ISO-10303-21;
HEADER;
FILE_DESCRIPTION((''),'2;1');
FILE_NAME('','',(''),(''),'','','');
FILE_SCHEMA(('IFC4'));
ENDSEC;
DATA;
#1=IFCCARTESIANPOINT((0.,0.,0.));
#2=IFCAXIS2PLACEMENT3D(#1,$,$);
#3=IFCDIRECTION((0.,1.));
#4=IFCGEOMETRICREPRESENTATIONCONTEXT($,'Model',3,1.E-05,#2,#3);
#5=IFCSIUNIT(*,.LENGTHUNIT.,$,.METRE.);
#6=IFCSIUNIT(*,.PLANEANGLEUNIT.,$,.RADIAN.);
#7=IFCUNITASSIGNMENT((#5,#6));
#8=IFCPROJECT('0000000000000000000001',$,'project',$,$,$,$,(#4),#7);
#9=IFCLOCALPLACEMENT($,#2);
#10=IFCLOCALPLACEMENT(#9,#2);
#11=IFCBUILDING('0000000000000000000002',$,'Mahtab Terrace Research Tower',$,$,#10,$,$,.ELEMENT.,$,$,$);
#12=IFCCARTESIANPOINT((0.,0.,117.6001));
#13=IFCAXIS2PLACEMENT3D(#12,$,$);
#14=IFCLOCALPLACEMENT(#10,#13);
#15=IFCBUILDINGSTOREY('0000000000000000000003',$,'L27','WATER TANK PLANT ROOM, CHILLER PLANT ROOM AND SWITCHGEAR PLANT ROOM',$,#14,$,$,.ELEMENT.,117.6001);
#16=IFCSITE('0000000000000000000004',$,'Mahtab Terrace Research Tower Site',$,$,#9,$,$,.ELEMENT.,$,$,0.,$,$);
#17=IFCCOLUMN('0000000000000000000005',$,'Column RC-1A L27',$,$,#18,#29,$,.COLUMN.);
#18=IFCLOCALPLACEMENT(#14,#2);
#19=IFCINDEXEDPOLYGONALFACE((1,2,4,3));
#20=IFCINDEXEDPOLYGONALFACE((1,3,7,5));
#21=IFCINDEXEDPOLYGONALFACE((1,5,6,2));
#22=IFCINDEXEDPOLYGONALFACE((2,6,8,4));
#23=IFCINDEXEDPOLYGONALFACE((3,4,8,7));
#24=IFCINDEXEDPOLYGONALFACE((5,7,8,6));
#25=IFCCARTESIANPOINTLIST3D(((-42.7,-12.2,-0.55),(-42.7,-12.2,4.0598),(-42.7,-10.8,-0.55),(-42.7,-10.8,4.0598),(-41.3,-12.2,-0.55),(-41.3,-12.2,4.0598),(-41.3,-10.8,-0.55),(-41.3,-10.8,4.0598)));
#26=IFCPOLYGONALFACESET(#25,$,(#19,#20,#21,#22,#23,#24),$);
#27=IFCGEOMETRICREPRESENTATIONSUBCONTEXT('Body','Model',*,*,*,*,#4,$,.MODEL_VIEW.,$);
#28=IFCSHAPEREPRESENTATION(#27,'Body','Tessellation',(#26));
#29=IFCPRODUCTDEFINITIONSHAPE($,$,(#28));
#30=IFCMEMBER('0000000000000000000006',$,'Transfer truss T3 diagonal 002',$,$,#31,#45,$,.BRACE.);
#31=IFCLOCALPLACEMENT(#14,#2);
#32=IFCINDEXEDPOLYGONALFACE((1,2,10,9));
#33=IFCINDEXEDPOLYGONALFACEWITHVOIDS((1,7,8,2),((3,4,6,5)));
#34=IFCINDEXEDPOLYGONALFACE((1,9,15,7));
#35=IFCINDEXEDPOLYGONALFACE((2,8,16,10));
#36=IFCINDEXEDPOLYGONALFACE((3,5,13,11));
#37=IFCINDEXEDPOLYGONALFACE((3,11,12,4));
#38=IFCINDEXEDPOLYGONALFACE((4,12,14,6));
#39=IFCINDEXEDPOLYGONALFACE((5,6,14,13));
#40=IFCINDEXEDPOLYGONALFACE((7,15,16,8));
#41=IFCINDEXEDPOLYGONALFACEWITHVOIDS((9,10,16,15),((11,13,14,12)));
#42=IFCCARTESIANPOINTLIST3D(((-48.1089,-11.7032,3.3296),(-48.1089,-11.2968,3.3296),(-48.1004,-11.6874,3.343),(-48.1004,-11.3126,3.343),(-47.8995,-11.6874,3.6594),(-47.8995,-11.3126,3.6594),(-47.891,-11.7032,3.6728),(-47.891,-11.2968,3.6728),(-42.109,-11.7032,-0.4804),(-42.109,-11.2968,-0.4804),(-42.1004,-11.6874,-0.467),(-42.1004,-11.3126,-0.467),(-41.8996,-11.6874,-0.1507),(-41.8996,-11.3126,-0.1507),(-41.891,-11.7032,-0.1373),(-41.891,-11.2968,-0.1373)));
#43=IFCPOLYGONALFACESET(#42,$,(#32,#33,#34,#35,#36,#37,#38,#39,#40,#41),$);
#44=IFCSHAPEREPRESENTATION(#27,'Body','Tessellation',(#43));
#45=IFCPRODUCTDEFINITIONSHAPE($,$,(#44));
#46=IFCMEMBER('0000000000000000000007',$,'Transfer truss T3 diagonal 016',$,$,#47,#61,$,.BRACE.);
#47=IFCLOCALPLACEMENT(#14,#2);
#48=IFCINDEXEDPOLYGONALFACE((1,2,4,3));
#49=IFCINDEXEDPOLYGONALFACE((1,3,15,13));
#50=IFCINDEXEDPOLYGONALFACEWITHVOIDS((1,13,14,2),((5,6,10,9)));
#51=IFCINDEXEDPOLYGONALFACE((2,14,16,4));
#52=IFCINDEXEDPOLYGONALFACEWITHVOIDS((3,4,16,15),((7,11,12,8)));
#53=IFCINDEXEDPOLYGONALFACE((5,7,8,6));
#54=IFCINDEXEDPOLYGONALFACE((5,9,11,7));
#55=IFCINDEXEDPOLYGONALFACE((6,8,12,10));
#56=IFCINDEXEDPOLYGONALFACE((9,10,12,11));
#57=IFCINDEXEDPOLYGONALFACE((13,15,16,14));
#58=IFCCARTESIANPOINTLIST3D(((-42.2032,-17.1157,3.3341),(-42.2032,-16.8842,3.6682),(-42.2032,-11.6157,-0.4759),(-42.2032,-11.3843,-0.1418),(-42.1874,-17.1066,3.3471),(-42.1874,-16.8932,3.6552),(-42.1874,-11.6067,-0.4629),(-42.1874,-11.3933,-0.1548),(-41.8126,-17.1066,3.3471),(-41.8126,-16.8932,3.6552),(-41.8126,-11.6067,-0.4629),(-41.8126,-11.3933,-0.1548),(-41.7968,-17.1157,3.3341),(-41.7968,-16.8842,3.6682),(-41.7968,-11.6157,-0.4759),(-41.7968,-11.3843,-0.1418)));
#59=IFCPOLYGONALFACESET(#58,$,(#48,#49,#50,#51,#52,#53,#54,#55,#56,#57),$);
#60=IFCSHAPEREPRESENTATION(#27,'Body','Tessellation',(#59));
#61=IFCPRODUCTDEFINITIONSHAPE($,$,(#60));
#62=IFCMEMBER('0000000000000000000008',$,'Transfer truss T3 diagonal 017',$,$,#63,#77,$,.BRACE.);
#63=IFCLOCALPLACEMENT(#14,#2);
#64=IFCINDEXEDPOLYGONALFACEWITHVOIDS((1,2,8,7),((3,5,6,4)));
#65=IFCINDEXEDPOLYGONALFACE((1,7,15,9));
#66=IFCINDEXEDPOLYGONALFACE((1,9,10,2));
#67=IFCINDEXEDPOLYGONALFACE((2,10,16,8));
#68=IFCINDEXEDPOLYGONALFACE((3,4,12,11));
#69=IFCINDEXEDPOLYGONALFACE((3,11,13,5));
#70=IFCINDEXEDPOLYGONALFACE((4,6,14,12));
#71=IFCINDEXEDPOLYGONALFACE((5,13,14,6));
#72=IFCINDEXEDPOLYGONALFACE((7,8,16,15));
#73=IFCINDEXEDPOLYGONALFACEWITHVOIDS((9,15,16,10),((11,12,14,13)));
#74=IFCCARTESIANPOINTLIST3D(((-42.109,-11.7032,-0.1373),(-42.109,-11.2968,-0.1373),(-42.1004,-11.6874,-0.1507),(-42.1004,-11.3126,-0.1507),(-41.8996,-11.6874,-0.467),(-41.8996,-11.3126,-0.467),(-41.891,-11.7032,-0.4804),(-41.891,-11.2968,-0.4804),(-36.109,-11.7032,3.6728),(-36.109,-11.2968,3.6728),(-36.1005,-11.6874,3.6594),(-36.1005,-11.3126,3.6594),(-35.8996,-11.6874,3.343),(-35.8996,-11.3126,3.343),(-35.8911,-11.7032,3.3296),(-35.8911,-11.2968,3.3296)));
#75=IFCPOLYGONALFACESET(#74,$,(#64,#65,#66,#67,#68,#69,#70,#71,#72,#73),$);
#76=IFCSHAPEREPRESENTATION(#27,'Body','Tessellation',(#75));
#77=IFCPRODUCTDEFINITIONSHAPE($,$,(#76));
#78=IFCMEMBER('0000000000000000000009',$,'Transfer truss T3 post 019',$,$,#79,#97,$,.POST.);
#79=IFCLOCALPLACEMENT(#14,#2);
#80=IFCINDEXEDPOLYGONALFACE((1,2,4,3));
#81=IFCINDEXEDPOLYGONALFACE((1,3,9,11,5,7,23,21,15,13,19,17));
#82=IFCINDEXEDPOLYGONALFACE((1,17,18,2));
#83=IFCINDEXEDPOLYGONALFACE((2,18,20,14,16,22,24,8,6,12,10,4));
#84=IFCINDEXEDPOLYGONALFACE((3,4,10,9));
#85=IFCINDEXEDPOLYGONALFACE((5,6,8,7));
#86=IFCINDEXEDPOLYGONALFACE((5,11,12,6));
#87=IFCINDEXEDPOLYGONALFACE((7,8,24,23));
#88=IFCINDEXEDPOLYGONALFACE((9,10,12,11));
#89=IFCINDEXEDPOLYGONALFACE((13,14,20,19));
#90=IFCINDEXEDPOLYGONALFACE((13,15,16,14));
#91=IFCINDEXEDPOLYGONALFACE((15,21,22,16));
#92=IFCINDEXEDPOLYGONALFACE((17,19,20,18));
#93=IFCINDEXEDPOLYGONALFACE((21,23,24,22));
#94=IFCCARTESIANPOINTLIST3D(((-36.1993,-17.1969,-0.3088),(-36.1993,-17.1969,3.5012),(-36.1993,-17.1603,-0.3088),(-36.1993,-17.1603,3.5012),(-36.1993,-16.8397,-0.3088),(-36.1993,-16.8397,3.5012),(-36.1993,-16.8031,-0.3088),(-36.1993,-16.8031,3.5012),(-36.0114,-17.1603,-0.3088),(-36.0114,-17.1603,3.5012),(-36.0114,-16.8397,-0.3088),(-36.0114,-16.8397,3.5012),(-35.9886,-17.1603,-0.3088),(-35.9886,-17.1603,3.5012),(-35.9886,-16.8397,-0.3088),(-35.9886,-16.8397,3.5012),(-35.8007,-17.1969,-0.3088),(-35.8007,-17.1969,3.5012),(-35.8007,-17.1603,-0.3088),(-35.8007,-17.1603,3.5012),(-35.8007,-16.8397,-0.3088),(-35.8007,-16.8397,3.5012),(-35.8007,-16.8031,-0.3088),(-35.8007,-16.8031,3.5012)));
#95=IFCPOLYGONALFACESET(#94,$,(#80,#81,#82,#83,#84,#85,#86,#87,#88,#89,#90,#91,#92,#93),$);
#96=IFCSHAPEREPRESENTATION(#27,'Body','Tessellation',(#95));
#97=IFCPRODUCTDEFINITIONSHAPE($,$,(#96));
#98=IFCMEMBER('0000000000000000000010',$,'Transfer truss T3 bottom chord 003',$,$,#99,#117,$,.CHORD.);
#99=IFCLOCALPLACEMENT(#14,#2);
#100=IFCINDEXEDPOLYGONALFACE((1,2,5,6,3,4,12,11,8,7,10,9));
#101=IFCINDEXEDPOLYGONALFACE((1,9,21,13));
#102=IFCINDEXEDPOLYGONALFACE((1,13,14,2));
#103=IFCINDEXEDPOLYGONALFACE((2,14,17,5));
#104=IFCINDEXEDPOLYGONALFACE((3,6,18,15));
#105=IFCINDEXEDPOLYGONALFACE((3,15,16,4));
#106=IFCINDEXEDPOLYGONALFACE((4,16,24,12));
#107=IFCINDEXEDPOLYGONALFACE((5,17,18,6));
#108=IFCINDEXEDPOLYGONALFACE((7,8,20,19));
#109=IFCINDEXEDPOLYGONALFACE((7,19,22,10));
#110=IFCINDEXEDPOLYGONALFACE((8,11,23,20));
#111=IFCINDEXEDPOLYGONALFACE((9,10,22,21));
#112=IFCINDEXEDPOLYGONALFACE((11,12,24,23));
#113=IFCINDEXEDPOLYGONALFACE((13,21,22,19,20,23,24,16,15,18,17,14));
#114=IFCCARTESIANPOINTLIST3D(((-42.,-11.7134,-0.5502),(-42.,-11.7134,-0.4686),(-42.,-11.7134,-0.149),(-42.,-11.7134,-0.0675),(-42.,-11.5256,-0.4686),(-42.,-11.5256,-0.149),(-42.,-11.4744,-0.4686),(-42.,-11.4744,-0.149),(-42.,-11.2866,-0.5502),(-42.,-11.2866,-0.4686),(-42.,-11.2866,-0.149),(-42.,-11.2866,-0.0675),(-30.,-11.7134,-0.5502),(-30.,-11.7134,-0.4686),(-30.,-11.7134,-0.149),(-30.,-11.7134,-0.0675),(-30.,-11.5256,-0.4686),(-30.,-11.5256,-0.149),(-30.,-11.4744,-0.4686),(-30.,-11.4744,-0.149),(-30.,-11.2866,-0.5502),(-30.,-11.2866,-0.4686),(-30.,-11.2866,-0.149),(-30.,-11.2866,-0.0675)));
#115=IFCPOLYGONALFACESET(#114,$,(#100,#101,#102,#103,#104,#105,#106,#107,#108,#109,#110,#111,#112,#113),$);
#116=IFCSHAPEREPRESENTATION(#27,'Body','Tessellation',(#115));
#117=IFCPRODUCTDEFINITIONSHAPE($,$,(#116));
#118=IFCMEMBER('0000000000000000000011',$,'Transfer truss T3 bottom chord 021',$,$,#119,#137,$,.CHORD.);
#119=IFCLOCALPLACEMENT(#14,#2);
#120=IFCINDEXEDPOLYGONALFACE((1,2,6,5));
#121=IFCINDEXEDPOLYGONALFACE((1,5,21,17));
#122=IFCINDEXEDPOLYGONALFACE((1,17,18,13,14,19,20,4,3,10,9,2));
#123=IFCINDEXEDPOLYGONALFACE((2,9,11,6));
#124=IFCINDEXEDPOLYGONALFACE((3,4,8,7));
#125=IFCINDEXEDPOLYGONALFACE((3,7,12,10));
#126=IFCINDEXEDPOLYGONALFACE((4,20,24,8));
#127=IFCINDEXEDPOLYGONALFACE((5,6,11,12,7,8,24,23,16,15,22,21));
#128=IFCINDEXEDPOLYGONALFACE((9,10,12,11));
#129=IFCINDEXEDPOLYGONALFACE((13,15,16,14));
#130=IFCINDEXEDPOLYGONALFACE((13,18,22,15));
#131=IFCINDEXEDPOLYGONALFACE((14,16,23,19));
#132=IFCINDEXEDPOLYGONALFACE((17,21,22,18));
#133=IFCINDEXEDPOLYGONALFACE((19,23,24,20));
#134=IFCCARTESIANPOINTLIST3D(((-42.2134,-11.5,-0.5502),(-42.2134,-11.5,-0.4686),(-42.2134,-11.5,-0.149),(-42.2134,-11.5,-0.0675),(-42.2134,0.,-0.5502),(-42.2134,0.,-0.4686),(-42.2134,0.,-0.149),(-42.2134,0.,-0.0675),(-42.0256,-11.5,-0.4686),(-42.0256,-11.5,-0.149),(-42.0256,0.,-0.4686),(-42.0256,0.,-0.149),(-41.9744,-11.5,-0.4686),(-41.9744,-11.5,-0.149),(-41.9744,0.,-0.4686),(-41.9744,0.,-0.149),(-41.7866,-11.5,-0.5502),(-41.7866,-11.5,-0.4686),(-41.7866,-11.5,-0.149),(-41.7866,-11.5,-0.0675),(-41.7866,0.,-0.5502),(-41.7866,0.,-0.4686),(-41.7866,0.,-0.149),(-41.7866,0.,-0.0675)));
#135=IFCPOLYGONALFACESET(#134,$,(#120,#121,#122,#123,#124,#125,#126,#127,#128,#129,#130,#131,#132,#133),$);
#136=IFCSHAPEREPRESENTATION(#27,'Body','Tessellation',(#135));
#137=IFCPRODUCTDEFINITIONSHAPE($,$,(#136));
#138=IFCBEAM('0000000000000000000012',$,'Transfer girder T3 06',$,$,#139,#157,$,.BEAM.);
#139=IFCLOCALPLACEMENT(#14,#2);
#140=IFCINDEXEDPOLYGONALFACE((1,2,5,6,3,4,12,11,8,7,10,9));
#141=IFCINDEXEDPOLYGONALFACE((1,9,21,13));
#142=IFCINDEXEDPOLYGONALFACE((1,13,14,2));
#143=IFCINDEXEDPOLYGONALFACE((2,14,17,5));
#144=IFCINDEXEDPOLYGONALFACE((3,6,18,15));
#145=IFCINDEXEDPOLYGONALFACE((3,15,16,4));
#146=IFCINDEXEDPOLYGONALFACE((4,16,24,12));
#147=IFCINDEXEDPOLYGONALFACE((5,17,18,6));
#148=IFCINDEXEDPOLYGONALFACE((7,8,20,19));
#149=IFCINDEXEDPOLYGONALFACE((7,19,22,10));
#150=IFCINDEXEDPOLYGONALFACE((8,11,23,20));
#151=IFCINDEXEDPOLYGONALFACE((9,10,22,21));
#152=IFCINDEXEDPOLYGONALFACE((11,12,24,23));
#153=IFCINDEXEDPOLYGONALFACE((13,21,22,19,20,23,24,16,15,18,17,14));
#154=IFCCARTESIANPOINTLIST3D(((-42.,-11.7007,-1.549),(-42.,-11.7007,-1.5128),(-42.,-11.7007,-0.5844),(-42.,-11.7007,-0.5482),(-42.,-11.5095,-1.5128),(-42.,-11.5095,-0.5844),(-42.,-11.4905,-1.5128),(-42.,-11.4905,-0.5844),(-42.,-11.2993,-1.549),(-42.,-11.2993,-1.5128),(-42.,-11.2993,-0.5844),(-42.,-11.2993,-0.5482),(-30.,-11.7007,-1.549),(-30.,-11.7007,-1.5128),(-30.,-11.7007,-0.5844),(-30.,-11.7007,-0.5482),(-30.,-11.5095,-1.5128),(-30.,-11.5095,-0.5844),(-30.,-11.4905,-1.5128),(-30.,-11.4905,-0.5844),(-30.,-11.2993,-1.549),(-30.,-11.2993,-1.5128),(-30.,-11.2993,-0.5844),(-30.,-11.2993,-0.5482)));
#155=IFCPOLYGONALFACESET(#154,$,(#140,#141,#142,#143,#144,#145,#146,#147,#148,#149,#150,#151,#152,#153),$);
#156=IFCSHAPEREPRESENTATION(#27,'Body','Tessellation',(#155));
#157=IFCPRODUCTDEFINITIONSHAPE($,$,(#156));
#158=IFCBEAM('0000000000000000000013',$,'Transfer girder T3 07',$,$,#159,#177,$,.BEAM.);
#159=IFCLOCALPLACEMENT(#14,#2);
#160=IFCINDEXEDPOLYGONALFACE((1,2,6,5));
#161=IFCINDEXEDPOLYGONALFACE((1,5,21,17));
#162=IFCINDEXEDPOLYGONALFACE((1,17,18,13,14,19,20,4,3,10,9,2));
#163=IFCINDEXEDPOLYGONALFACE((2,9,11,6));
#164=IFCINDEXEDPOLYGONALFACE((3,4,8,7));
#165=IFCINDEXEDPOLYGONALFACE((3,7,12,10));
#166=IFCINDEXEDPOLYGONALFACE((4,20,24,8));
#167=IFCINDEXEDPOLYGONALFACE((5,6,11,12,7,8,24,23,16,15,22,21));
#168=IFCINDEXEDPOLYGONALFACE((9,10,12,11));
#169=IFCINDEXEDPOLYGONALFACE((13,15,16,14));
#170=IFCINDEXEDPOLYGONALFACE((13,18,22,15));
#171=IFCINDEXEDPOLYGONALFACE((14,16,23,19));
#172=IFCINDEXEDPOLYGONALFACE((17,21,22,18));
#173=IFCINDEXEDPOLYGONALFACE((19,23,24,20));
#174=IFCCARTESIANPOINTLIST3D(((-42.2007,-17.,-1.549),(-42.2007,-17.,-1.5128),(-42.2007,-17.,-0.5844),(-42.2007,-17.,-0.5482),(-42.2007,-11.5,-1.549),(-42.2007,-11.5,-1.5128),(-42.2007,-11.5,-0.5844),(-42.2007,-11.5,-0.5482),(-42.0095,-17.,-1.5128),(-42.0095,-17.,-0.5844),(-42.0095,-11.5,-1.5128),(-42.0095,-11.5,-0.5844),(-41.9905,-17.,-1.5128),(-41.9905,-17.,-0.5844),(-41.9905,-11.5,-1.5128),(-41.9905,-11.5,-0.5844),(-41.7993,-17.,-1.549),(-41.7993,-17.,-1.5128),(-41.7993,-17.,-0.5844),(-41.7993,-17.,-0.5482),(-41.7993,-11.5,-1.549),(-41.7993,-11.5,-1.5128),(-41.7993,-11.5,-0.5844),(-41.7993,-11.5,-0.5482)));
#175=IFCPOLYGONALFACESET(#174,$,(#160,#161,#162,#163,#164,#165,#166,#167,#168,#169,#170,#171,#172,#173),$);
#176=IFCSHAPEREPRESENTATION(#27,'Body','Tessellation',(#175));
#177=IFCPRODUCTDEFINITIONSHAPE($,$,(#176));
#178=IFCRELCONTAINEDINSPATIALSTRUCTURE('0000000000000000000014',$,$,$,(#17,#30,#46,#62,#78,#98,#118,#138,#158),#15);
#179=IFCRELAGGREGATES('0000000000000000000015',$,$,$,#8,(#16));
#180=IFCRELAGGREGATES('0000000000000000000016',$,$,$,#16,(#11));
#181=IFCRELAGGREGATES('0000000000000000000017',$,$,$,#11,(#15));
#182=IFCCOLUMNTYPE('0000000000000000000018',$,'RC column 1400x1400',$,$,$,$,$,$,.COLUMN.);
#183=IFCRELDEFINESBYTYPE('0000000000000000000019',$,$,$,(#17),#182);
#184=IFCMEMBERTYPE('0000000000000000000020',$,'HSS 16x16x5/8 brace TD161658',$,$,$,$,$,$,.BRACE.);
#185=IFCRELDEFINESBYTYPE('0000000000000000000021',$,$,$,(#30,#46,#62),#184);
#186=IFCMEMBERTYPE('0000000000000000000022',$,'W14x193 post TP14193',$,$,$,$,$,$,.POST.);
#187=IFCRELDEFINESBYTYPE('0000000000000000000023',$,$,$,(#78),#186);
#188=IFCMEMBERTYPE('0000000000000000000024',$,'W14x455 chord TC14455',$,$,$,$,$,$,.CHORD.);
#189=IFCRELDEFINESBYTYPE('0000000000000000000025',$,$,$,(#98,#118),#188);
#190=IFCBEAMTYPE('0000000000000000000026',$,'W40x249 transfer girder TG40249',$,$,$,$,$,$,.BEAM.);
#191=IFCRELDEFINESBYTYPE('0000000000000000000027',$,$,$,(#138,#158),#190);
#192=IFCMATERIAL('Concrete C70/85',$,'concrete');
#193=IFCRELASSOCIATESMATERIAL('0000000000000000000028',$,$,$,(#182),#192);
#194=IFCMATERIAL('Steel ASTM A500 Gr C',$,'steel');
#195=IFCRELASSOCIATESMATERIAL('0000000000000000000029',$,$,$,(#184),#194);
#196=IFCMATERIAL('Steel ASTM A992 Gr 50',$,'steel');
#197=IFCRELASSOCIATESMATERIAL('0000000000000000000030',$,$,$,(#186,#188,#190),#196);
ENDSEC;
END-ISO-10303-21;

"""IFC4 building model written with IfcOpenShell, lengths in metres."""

from ifc_helpers import new_model, si_unit, direction, frame, origin, origin_2d, place, context, subcontext, project, spatial, rectangle, hollow_rectangle, i_section, extrude, material, material_profile, profile_set, type_object, element, save


model = new_model("IFC4")

# Units and contexts
model_context = context("Model", 3, precision=1e-05, world=origin(), true_north=direction((0.0, 1.0)))
body_context = subcontext(model_context, "Body", "Model", "MODEL_VIEW")
ifc_project = project(units=[si_unit("LENGTHUNIT", "METRE"), si_unit("PLANEANGLEUNIT", "RADIAN")], contexts=[model_context])

# Site, building, storey
site_placement = place(None, origin())
site = spatial("IfcSite", under=ifc_project, at=site_placement, Name="Mahtab Terrace Research Tower Site", CompositionType="ELEMENT", RefElevation=0.0)
building_placement = place(site_placement, origin())
building = spatial("IfcBuilding", under=site, at=building_placement, Name="Mahtab Terrace Research Tower", CompositionType="ELEMENT")
storey_placement = place(building_placement, frame((0.0, 0.0, 117.6001)))
storey = spatial("IfcBuildingStorey", under=building, at=storey_placement, Name="L27", Description="WATER TANK PLANT ROOM, CHILLER PLANT ROOM AND SWITCHGEAR PLANT ROOM", CompositionType="ELEMENT", Elevation=117.6001)

# Column
ifc_material_1 = material(Name="Concrete C70/85", Category="concrete")
ifc_material_profile_1 = material_profile(ifc_material_1, rectangle(XDim=1.3999, YDim=1.3999, at=origin_2d()), Name="RC column 1400x1400")
ifc_profile_set_1 = profile_set([ifc_material_profile_1], Name="Concrete C70/85")
column_type = type_object("IfcColumnType", Name="RC column 1400x1400", PredefinedType="COLUMN", material=ifc_profile_set_1)
column_placement = place(storey_placement, frame((-42.0, -11.5, -0.55), z_axis=(0.0, 0.0, 1.0), x_axis=(1.0, 0.0, 0.0)))
element("IfcColumn", 1, at=column_placement, inside=storey, type_object=column_type, Name="Column RC-1A L27", PredefinedType="COLUMN", context=body_context, shape_type="SweptSolid", body=[
    extrude(rectangle(XDim=1.3999, YDim=1.3999, at=origin_2d()), origin(), (0.0, 0.0, 1.0), 4.6099),
])

# Members
ifc_material_2 = material(Name="Steel ASTM A500 Gr C", Category="steel")
ifc_material_profile_2 = material_profile(ifc_material_2, hollow_rectangle(XDim=0.4065, YDim=0.4065, WallThickness=0.0159, at=origin_2d()), Name="HSS16X16X5/8")
ifc_profile_set_2 = profile_set([ifc_material_profile_2], Name="Steel ASTM A500 Gr C")
member_type_1 = type_object("IfcMemberType", Name="HSS 16x16x5/8 brace TD161658", PredefinedType="BRACE", material=ifc_profile_set_2)
member_1_placement = place(storey_placement, frame((-42.0, -11.5, -0.3088), z_axis=(-0.844179, 0.0, 0.536062), x_axis=(0.0, -1.0, 0.0)))
element("IfcMember", 2, at=member_1_placement, inside=storey, type_object=member_type_1, Name="Transfer truss T3 diagonal 002", PredefinedType="BRACE", context=body_context, shape_type="SweptSolid", body=[
    extrude(hollow_rectangle(XDim=0.4065, YDim=0.4065, WallThickness=0.0159, at=origin_2d()), origin(), (0.0, 0.0, 1.0), 7.1074),
])
member_2_placement = place(storey_placement, frame((-42.0, -11.5, -0.3088), z_axis=(0.0, -0.822027, 0.569449), x_axis=(1.0, 0.0, 0.0)))
element("IfcMember", 3, at=member_2_placement, inside=storey, type_object=member_type_1, Name="Transfer truss T3 diagonal 016", PredefinedType="BRACE", context=body_context, shape_type="SweptSolid", body=[
    extrude(hollow_rectangle(XDim=0.4065, YDim=0.4065, WallThickness=0.0159, at=origin_2d()), origin(), (0.0, 0.0, 1.0), 6.6907),
])
member_3_placement = place(storey_placement, frame((-42.0, -11.5, -0.3088), z_axis=(0.844179, 0.0, 0.536062), x_axis=(0.0, 1.0, 0.0)))
element("IfcMember", 4, at=member_3_placement, inside=storey, type_object=member_type_1, Name="Transfer truss T3 diagonal 017", PredefinedType="BRACE", context=body_context, shape_type="SweptSolid", body=[
    extrude(hollow_rectangle(XDim=0.4065, YDim=0.4065, WallThickness=0.0159, at=origin_2d()), origin(), (0.0, 0.0, 1.0), 7.1074),
])
ifc_material_3 = material(Name="Steel ASTM A992 Gr 50", Category="steel")
ifc_material_profile_3 = material_profile(ifc_material_3, i_section(OverallWidth=0.3987, OverallDepth=0.3938, WebThickness=0.0227, FlangeThickness=0.0366, at=origin_2d()), Name="W14X193")
ifc_profile_set_3 = profile_set([ifc_material_profile_3], Name="Steel ASTM A992 Gr 50")
member_type_2 = type_object("IfcMemberType", Name="W14x193 post TP14193", PredefinedType="POST", material=ifc_profile_set_3)
member_4_placement = place(storey_placement, frame((-36.0, -17.0, -0.3088), z_axis=(0.0, 0.0, 1.0), x_axis=(1.0, 0.0, 0.0)))
element("IfcMember", 5, at=member_4_placement, inside=storey, type_object=member_type_2, Name="Transfer truss T3 post 019", PredefinedType="POST", context=body_context, shape_type="SweptSolid", body=[
    extrude(i_section(OverallWidth=0.3987, OverallDepth=0.3938, WebThickness=0.0227, FlangeThickness=0.0366, at=origin_2d()), origin(), (0.0, 0.0, 1.0), 3.8101),
])
ifc_material_profile_4 = material_profile(ifc_material_3, i_section(OverallWidth=0.4268, OverallDepth=0.4827, WebThickness=0.0513, FlangeThickness=0.0815, at=origin_2d()), Name="W14X455")
ifc_profile_set_4 = profile_set([ifc_material_profile_4], Name="Steel ASTM A992 Gr 50")
member_type_3 = type_object("IfcMemberType", Name="W14x455 chord TC14455", PredefinedType="CHORD", material=ifc_profile_set_4)
member_5_placement = place(storey_placement, frame((-42.0, -11.5, -0.3088), z_axis=(1.0, 0.0, 0.0), x_axis=(0.0, 1.0, 0.0)))
element("IfcMember", 6, at=member_5_placement, inside=storey, type_object=member_type_3, Name="Transfer truss T3 bottom chord 003", PredefinedType="CHORD", context=body_context, shape_type="SweptSolid", body=[
    extrude(i_section(OverallWidth=0.4268, OverallDepth=0.4827, WebThickness=0.0513, FlangeThickness=0.0815, at=origin_2d()), origin(), (0.0, 0.0, 1.0), 12.0),
])
member_6_placement = place(storey_placement, frame((-42.0, -11.5, -0.3088), z_axis=(0.0, 1.0, 0.0), x_axis=(-1.0, 0.0, 0.0)))
element("IfcMember", 7, at=member_6_placement, inside=storey, type_object=member_type_3, Name="Transfer truss T3 bottom chord 021", PredefinedType="CHORD", context=body_context, shape_type="SweptSolid", body=[
    extrude(i_section(OverallWidth=0.4268, OverallDepth=0.4827, WebThickness=0.0513, FlangeThickness=0.0815, at=origin_2d()), origin(), (0.0, 0.0, 1.0), 11.5),
])

# Beams
ifc_material_profile_5 = material_profile(ifc_material_3, i_section(OverallWidth=0.4014, OverallDepth=1.0007, WebThickness=0.019, FlangeThickness=0.0361, at=origin_2d()), Name="W40X249")
ifc_profile_set_5 = profile_set([ifc_material_profile_5], Name="Steel ASTM A992 Gr 50")
beam_type = type_object("IfcBeamType", Name="W40x249 transfer girder TG40249", PredefinedType="BEAM", material=ifc_profile_set_5)
beam_1_placement = place(storey_placement, frame((-42.0, -11.5, -1.0486), z_axis=(1.0, 0.0, 0.0), x_axis=(0.0, 1.0, 0.0)))
element("IfcBeam", 8, at=beam_1_placement, inside=storey, type_object=beam_type, Name="Transfer girder T3 06", PredefinedType="BEAM", context=body_context, shape_type="SweptSolid", body=[
    extrude(i_section(OverallWidth=0.4014, OverallDepth=1.0007, WebThickness=0.019, FlangeThickness=0.0361, at=origin_2d()), origin(), (0.0, 0.0, 1.0), 12.0),
])
beam_2_placement = place(storey_placement, frame((-42.0, -17.0, -1.0486), z_axis=(0.0, 1.0, 0.0), x_axis=(-1.0, 0.0, 0.0)))
element("IfcBeam", 9, at=beam_2_placement, inside=storey, type_object=beam_type, Name="Transfer girder T3 07", PredefinedType="BEAM", context=body_context, shape_type="SweptSolid", body=[
    extrude(i_section(OverallWidth=0.4014, OverallDepth=1.0007, WebThickness=0.019, FlangeThickness=0.0361, at=origin_2d()), origin(), (0.0, 0.0, 1.0), 5.5),
])

save(model, "model.ifc")
